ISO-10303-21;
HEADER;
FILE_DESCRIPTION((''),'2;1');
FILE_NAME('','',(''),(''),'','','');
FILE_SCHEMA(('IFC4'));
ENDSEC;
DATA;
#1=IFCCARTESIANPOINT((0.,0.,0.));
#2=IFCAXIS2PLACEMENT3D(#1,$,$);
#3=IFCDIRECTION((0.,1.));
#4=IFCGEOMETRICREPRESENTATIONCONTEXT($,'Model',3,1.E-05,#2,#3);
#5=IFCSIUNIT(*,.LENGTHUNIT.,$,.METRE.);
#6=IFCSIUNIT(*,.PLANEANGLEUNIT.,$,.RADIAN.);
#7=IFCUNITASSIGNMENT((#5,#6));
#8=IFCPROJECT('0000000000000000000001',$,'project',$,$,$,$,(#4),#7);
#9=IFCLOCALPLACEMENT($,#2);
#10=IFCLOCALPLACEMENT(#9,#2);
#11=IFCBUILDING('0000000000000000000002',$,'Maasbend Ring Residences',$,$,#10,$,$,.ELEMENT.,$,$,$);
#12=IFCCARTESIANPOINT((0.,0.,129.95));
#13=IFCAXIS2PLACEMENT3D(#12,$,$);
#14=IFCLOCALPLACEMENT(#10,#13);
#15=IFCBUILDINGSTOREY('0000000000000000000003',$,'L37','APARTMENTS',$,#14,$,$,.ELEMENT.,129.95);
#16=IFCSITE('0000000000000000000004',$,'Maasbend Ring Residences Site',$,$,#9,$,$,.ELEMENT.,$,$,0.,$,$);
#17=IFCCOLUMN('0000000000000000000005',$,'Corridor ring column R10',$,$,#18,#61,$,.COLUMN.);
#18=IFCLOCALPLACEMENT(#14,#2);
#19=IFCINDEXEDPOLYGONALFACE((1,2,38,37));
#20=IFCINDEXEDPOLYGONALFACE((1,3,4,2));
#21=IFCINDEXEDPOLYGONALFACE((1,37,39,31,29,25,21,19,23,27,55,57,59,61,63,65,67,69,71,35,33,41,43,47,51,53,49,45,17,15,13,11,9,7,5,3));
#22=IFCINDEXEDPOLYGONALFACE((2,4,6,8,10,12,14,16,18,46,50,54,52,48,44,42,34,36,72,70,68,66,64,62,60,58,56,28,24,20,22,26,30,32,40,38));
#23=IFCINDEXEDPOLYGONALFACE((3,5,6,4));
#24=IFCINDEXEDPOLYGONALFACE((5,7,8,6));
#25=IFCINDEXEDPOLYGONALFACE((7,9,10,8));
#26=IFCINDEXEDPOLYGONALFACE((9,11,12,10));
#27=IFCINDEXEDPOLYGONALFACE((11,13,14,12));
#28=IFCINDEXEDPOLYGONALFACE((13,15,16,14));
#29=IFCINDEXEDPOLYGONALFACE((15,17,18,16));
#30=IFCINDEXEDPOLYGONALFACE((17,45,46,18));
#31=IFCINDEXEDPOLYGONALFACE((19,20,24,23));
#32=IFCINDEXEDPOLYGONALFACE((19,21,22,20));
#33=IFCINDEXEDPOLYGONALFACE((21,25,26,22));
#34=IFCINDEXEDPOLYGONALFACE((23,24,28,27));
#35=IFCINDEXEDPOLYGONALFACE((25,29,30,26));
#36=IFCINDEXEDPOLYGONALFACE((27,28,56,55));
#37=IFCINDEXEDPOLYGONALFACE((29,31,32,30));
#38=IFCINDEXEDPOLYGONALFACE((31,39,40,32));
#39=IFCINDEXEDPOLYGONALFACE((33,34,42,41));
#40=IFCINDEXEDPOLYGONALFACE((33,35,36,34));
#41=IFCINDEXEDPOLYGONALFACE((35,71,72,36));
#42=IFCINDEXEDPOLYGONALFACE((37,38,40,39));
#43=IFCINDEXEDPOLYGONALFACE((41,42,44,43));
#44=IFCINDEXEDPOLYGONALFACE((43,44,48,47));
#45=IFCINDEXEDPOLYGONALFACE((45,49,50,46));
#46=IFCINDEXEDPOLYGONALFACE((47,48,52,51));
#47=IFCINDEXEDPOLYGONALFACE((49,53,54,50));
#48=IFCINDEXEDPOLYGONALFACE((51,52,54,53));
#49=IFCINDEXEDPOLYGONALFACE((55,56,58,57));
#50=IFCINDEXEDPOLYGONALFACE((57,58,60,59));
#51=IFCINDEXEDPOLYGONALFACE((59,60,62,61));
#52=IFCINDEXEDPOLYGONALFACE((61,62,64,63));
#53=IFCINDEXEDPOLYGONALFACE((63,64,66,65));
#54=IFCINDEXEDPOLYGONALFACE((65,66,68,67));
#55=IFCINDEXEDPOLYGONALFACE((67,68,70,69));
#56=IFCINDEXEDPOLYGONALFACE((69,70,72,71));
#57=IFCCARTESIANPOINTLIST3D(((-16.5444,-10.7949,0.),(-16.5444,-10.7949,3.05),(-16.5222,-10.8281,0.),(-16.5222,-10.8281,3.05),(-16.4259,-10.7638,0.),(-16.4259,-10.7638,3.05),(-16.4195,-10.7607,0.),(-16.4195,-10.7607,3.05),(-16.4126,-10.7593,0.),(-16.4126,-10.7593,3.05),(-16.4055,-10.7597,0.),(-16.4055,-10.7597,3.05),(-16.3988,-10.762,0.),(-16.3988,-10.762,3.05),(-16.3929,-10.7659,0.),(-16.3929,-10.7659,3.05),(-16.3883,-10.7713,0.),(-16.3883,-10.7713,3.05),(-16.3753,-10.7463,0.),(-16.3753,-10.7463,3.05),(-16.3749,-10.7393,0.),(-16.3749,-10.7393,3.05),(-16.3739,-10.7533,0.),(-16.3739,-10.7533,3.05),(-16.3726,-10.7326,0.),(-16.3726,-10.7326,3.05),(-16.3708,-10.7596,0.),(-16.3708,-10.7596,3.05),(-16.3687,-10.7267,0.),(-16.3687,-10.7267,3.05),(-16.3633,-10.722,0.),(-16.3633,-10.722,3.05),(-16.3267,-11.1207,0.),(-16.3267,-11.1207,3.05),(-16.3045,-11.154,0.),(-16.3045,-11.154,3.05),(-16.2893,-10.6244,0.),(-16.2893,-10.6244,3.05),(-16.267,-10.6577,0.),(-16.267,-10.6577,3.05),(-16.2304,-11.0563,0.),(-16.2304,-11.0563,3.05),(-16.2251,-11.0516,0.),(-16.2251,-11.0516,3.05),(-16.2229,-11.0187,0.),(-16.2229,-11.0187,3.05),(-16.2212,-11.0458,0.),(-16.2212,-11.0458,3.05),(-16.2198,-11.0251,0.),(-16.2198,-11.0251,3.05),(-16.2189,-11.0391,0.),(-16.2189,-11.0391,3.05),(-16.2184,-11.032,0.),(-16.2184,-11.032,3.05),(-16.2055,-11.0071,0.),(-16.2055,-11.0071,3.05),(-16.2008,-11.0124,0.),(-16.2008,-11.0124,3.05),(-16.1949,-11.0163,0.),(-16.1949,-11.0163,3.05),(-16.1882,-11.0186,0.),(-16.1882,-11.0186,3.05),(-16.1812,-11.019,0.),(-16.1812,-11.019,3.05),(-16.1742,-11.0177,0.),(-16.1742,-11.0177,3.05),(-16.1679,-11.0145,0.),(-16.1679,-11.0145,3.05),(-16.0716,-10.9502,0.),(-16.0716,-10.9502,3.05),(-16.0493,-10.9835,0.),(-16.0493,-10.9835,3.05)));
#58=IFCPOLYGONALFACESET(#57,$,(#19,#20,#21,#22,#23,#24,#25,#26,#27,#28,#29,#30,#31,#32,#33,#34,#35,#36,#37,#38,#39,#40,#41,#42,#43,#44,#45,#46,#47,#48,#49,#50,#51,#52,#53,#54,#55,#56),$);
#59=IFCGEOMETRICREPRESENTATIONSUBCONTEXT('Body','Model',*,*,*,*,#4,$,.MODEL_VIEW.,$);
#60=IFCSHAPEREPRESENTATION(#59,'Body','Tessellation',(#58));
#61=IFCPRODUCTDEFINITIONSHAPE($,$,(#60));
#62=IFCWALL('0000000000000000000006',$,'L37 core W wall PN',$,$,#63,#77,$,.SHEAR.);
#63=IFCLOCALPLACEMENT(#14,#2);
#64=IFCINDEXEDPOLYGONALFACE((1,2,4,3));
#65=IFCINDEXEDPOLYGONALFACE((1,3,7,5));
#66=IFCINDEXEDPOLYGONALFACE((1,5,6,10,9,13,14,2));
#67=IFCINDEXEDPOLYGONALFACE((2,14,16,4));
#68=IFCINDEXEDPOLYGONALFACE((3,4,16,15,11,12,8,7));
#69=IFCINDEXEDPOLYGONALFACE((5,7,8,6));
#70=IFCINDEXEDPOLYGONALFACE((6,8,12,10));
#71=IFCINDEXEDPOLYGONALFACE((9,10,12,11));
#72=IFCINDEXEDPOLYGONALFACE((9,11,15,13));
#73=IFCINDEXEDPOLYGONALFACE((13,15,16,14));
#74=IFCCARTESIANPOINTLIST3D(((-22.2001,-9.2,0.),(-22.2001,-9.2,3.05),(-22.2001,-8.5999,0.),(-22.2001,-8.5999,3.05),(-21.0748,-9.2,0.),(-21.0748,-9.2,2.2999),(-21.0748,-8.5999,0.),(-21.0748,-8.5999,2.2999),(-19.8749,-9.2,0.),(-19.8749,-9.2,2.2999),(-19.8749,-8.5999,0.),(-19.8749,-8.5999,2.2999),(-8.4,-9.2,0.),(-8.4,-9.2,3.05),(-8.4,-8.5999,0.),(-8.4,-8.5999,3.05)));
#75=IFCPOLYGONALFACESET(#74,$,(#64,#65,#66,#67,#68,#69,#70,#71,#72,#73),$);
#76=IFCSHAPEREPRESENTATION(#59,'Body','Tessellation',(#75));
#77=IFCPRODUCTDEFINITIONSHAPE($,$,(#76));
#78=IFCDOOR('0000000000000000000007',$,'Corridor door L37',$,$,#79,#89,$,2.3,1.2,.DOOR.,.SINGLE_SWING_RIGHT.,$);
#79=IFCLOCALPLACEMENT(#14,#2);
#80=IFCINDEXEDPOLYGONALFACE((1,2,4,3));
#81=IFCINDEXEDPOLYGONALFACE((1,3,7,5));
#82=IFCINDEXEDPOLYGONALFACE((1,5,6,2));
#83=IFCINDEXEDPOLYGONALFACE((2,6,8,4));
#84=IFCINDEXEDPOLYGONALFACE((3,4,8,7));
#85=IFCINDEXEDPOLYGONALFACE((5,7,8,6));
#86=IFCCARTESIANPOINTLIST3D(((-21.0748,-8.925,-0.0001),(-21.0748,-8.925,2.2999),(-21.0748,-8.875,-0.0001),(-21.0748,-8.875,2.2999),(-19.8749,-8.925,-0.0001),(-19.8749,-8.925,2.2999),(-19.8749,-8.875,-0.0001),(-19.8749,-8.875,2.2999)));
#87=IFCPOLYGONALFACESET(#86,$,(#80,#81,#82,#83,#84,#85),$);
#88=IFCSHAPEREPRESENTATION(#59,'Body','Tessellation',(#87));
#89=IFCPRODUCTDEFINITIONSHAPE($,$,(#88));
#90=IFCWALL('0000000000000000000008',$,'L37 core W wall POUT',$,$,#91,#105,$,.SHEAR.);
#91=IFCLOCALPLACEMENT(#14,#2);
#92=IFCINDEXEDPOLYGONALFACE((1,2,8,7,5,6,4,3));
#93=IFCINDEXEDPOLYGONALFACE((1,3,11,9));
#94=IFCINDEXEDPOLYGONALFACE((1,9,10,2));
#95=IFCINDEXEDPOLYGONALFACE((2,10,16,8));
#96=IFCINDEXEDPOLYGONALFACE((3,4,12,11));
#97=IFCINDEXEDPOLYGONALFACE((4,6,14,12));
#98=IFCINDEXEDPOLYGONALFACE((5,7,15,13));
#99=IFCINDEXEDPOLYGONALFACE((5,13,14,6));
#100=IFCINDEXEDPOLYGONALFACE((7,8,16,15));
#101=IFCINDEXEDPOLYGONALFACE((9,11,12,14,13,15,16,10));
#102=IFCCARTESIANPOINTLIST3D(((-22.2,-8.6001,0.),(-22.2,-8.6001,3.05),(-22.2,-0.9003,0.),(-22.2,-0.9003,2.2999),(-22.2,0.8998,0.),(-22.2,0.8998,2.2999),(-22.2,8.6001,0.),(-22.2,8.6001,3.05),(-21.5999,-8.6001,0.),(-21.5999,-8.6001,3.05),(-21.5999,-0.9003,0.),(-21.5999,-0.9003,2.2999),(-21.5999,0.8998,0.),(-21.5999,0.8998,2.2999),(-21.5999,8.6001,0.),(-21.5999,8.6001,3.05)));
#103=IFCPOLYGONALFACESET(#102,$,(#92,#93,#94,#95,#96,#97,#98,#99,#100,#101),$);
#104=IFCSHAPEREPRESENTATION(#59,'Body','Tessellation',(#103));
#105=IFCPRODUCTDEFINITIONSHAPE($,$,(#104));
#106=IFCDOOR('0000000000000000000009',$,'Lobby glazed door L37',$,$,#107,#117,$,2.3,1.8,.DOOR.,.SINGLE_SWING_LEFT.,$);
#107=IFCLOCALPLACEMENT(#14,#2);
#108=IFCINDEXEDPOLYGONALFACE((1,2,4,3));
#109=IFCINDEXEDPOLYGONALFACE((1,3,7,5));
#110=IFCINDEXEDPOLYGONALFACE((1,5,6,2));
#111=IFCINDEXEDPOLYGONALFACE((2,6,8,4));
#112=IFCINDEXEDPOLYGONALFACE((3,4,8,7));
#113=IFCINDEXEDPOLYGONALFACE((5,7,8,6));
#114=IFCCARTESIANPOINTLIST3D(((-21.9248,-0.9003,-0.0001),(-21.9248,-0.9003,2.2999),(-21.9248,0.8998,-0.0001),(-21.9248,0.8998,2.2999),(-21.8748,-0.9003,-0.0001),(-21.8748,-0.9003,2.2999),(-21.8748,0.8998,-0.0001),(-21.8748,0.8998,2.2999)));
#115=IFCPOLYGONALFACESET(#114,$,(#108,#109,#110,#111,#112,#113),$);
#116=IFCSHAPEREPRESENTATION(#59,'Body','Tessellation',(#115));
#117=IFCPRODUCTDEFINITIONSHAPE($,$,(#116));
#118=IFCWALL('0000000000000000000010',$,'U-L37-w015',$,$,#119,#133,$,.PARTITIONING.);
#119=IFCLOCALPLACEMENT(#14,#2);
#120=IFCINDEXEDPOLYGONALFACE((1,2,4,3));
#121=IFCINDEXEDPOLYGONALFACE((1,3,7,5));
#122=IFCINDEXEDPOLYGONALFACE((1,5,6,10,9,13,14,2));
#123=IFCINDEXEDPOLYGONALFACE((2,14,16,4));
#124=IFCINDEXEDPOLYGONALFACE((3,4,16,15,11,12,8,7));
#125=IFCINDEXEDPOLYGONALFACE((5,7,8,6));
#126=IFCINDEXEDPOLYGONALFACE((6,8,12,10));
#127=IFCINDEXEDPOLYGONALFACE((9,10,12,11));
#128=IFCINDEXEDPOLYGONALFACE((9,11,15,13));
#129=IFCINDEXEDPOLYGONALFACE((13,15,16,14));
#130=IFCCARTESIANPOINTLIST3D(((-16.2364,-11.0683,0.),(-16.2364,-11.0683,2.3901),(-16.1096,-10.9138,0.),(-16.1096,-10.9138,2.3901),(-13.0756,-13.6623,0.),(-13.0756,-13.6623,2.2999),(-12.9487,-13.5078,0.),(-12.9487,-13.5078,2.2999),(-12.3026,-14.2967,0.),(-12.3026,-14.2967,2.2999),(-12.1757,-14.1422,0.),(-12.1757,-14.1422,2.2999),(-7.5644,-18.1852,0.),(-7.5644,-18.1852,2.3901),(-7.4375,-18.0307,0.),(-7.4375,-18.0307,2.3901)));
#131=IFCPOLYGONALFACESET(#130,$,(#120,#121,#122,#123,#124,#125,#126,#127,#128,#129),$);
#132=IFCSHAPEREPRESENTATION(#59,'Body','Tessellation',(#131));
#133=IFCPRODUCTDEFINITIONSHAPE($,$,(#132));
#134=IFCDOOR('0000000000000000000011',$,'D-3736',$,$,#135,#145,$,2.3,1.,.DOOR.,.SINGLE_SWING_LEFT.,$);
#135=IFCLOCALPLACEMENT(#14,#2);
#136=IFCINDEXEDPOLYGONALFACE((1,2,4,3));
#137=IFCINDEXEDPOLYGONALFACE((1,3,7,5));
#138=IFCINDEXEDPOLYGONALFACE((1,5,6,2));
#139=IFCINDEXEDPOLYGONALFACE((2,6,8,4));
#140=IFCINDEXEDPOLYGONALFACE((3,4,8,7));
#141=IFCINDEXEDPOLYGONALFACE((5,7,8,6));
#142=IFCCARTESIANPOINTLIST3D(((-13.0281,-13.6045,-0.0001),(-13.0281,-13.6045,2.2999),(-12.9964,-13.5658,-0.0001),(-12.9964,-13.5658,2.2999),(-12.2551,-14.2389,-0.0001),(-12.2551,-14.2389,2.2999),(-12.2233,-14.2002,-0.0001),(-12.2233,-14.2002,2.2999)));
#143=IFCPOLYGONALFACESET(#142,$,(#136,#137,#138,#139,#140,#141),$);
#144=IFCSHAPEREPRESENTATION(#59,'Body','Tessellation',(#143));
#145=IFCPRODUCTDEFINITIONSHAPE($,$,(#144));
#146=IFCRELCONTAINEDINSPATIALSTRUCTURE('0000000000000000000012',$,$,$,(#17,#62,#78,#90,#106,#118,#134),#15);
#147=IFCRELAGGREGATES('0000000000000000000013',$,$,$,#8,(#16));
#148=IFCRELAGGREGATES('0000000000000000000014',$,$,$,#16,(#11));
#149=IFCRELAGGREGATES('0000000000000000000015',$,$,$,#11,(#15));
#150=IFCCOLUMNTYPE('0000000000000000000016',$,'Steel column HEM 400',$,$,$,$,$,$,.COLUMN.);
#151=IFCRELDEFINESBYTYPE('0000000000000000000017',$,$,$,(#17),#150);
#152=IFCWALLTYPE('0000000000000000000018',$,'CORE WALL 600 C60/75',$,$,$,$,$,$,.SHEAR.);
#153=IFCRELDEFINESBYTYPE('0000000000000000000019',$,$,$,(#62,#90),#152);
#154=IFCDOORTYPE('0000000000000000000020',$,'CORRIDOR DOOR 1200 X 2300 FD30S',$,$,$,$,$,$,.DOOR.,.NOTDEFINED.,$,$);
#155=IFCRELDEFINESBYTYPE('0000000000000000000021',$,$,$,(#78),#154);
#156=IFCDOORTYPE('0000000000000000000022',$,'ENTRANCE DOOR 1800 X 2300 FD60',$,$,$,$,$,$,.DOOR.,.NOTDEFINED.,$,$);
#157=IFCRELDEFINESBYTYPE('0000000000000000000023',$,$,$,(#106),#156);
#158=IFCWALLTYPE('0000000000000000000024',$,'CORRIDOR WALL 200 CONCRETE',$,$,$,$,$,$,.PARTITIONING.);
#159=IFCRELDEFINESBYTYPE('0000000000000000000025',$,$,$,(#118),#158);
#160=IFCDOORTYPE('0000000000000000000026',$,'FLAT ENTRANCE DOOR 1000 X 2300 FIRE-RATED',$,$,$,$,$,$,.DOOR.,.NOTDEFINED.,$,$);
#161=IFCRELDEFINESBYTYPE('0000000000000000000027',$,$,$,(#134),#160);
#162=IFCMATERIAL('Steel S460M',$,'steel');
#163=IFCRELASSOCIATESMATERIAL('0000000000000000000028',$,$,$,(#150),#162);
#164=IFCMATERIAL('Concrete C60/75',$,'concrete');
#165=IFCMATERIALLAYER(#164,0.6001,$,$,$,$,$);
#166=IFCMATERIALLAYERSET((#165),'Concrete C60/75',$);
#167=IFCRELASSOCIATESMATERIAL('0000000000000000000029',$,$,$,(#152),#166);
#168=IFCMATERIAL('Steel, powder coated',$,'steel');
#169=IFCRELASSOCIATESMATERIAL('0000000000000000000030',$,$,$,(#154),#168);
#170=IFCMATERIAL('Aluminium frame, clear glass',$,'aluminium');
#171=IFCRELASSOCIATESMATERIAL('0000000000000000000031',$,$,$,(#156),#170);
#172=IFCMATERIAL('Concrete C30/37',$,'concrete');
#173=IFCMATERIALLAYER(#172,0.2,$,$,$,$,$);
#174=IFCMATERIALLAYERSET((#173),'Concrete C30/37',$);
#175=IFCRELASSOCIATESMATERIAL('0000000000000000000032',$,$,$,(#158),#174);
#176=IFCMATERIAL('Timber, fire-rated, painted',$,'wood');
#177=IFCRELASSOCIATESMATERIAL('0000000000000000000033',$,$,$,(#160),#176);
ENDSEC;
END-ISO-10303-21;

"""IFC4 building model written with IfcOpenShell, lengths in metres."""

from ifc_helpers import new_model, si_unit, direction, frame, frame_2d, origin, origin_2d, place, context, subcontext, project, spatial, rectangle, i_section, extrude, material, layer, layer_set, material_profile, profile_set, type_object, element, fill, save


model = new_model("IFC4")

# Units and contexts
model_context = context("Model", 3, precision=1e-05, world=origin(), true_north=direction((0.0, 1.0)))
body_context = subcontext(model_context, "Body", "Model", "MODEL_VIEW")
ifc_project = project(units=[si_unit("LENGTHUNIT", "METRE"), si_unit("PLANEANGLEUNIT", "RADIAN")], contexts=[model_context])

# Site, building, storey
site_placement = place(None, origin())
site = spatial("IfcSite", under=ifc_project, at=site_placement, Name="Maasbend Ring Residences Site", CompositionType="ELEMENT", RefElevation=0.0)
building_placement = place(site_placement, origin())
building = spatial("IfcBuilding", under=site, at=building_placement, Name="Maasbend Ring Residences", CompositionType="ELEMENT")
storey_placement = place(building_placement, frame((0.0, 0.0, 129.95)))
storey = spatial("IfcBuildingStorey", under=building, at=storey_placement, Name="L37", Description="APARTMENTS", CompositionType="ELEMENT", Elevation=129.95)

# Column
ifc_material_1 = material(Name="Steel S460M", Category="steel")
ifc_material_profile = material_profile(ifc_material_1, i_section(OverallWidth=0.3069, OverallDepth=0.4319, WebThickness=0.021, FlangeThickness=0.04, FilletRadius=0.0271, at=origin_2d()), Name="HEM 400")
ifc_profile_set = profile_set([ifc_material_profile], Name="Steel S460M")
column_type = type_object("IfcColumnType", Name="Steel column HEM 400", PredefinedType="COLUMN", material=ifc_profile_set)
column_placement = place(storey_placement, frame((-16.2969, -10.8892, 0.0), z_axis=(0.0, 0.0, 1.0), x_axis=(-0.83147, -0.55557, 0.0)))
element("IfcColumn", 1, at=column_placement, inside=storey, type_object=column_type, Name="Corridor ring column R10", PredefinedType="COLUMN", context=body_context, shape_type="SweptSolid", body=[
    extrude(i_section(OverallWidth=0.3069, OverallDepth=0.4319, WebThickness=0.021, FlangeThickness=0.04, FilletRadius=0.0271, at=origin_2d()), origin(), (0.0, 0.0, 1.0), 3.05),
])

# Walls, openings, doors
ifc_material_2 = material(Name="Concrete C60/75", Category="concrete")
ifc_layer_1 = layer(ifc_material_2, 0.6001)
ifc_layer_set_1 = layer_set([ifc_layer_1], Name="Concrete C60/75")
wall_type_1 = type_object("IfcWallType", Name="CORE WALL 600 C60/75", PredefinedType="SHEAR", material=ifc_layer_set_1)
wall_1_placement = place(storey_placement, frame((-22.2, -8.8999, 0.0), z_axis=(0.0, 0.0, 1.0), x_axis=(1.0, 0.0, 0.0)))
wall_1 = element("IfcWall", 2, at=wall_1_placement, inside=storey, type_object=wall_type_1, Name="L37 core W wall PN", PredefinedType="SHEAR", context=body_context, shape_type="SweptSolid", body=[
    extrude(rectangle(XDim=13.8, YDim=0.6001, at=frame_2d((6.8999, 0.0))), origin(), (0.0, 0.0, 1.0), 3.05),
])
opening_1_placement = place(wall_1_placement, frame((1.125, 0.0, 0.0)))
opening_1 = element("IfcOpeningElement", 3, at=opening_1_placement, cuts=wall_1, PredefinedType="OPENING", context=body_context, shape_type="SweptSolid", body=[
    extrude(rectangle(XDim=1.2, YDim=2.3, at=frame_2d((0.6001, 1.1499))), frame((0.0, 0.3101, 0.0), z_axis=(0.0, -1.0, 0.0), x_axis=(1.0, 0.0, 0.0)), (0.0, 0.0, 1.0), 0.6201),
])
ifc_material_3 = material(Name="Steel, powder coated", Category="steel")
door_type_1 = type_object("IfcDoorType", Name="CORRIDOR DOOR 1200 X 2300 FD30S", OperationType="NOTDEFINED", PredefinedType="DOOR", material=ifc_material_3)
door_1_placement = place(opening_1_placement, origin())
door_1 = element("IfcDoor", 4, at=door_1_placement, inside=storey, type_object=door_type_1, Name="Corridor door L37", OperationType="SINGLE_SWING_RIGHT", OverallHeight=2.3, OverallWidth=1.2, PredefinedType="DOOR", context=body_context, shape_type="SweptSolid", body=[
    extrude(rectangle(XDim=1.2, YDim=2.3, at=frame_2d((0.6001, 1.1499))), frame((0.0, 0.0249, 0.0), z_axis=(0.0, -1.0, 0.0), x_axis=(1.0, 0.0, 0.0)), (0.0, 0.0, 1.0), 0.05),
])
fill(opening_1, door_1)
wall_2_placement = place(storey_placement, frame((-21.8999, -8.6001, 0.0), z_axis=(0.0, 0.0, 1.0), x_axis=(0.0, 1.0, 0.0)))
wall_2 = element("IfcWall", 5, at=wall_2_placement, inside=storey, type_object=wall_type_1, Name="L37 core W wall POUT", PredefinedType="SHEAR", context=body_context, shape_type="SweptSolid", body=[
    extrude(rectangle(XDim=17.2002, YDim=0.6001, at=frame_2d((8.6001, 0.0))), origin(), (0.0, 0.0, 1.0), 3.05),
])
opening_2_placement = place(wall_2_placement, frame((7.7, 0.0, 0.0)))
opening_2 = element("IfcOpeningElement", 6, at=opening_2_placement, cuts=wall_2, PredefinedType="OPENING", context=body_context, shape_type="SweptSolid", body=[
    extrude(rectangle(XDim=1.8, YDim=2.3, at=frame_2d((0.8999, 1.1499))), frame((0.0, 0.3101, 0.0), z_axis=(0.0, -1.0, 0.0), x_axis=(1.0, 0.0, 0.0)), (0.0, 0.0, 1.0), 0.6201),
])
ifc_material_4 = material(Name="Aluminium frame, clear glass", Category="aluminium")
door_type_2 = type_object("IfcDoorType", Name="ENTRANCE DOOR 1800 X 2300 FD60", OperationType="NOTDEFINED", PredefinedType="DOOR", material=ifc_material_4)
door_2_placement = place(opening_2_placement, origin())
door_2 = element("IfcDoor", 7, at=door_2_placement, inside=storey, type_object=door_type_2, Name="Lobby glazed door L37", OperationType="SINGLE_SWING_LEFT", OverallHeight=2.3, OverallWidth=1.8, PredefinedType="DOOR", context=body_context, shape_type="SweptSolid", body=[
    extrude(rectangle(XDim=1.8, YDim=2.3, at=frame_2d((0.8999, 1.1499))), frame((0.0, 0.0249, 0.0), z_axis=(0.0, -1.0, 0.0), x_axis=(1.0, 0.0, 0.0)), (0.0, 0.0, 1.0), 0.05),
])
fill(opening_2, door_2)
ifc_material_5 = material(Name="Concrete C30/37", Category="concrete")
ifc_layer_2 = layer(ifc_material_5, 0.2)
ifc_layer_set_2 = layer_set([ifc_layer_2], Name="Concrete C30/37")
wall_type_2 = type_object("IfcWallType", Name="CORRIDOR WALL 200 CONCRETE", PredefinedType="PARTITIONING", material=ifc_layer_set_2)
wall_3_placement = place(storey_placement, frame((-16.1731, -10.991, 0.0), z_axis=(0.0, 0.0, 1.0), x_axis=(0.773014, -0.634389, 0.0)))
wall_3 = element("IfcWall", 8, at=wall_3_placement, inside=storey, type_object=wall_type_2, Name="U-L37-w015", PredefinedType="PARTITIONING", context=body_context, shape_type="SweptSolid", body=[
    extrude(rectangle(XDim=11.2185, YDim=0.2, at=frame_2d((5.6094, 0.0))), origin(), (0.0, 0.0, 1.0), 2.3901),
])
opening_3_placement = place(wall_3_placement, frame((4.0891, 0.0, 0.0)))
opening_3 = element("IfcOpeningElement", 9, at=opening_3_placement, cuts=wall_3, PredefinedType="OPENING", context=body_context, shape_type="SweptSolid", body=[
    extrude(rectangle(XDim=1.0, YDim=2.3, at=frame_2d((0.5, 1.1499))), frame((0.0, 0.1099, 0.0), z_axis=(0.0, -1.0, 0.0), x_axis=(1.0, 0.0, 0.0)), (0.0, 0.0, 1.0), 0.22),
])
ifc_material_6 = material(Name="Timber, fire-rated, painted", Category="wood")
door_type_3 = type_object("IfcDoorType", Name="FLAT ENTRANCE DOOR 1000 X 2300 FIRE-RATED", OperationType="NOTDEFINED", PredefinedType="DOOR", material=ifc_material_6)
door_3_placement = place(opening_3_placement, origin())
door_3 = element("IfcDoor", 10, at=door_3_placement, inside=storey, type_object=door_type_3, Name="D-3736", OperationType="SINGLE_SWING_LEFT", OverallHeight=2.3, OverallWidth=1.0, PredefinedType="DOOR", context=body_context, shape_type="SweptSolid", body=[
    extrude(rectangle(XDim=1.0, YDim=2.3, at=frame_2d((0.5, 1.1499))), frame((0.0, 0.0249, 0.0), z_axis=(0.0, -1.0, 0.0), x_axis=(1.0, 0.0, 0.0)), (0.0, 0.0, 1.0), 0.05),
])
fill(opening_3, door_3)

save(model, "model.ifc")
